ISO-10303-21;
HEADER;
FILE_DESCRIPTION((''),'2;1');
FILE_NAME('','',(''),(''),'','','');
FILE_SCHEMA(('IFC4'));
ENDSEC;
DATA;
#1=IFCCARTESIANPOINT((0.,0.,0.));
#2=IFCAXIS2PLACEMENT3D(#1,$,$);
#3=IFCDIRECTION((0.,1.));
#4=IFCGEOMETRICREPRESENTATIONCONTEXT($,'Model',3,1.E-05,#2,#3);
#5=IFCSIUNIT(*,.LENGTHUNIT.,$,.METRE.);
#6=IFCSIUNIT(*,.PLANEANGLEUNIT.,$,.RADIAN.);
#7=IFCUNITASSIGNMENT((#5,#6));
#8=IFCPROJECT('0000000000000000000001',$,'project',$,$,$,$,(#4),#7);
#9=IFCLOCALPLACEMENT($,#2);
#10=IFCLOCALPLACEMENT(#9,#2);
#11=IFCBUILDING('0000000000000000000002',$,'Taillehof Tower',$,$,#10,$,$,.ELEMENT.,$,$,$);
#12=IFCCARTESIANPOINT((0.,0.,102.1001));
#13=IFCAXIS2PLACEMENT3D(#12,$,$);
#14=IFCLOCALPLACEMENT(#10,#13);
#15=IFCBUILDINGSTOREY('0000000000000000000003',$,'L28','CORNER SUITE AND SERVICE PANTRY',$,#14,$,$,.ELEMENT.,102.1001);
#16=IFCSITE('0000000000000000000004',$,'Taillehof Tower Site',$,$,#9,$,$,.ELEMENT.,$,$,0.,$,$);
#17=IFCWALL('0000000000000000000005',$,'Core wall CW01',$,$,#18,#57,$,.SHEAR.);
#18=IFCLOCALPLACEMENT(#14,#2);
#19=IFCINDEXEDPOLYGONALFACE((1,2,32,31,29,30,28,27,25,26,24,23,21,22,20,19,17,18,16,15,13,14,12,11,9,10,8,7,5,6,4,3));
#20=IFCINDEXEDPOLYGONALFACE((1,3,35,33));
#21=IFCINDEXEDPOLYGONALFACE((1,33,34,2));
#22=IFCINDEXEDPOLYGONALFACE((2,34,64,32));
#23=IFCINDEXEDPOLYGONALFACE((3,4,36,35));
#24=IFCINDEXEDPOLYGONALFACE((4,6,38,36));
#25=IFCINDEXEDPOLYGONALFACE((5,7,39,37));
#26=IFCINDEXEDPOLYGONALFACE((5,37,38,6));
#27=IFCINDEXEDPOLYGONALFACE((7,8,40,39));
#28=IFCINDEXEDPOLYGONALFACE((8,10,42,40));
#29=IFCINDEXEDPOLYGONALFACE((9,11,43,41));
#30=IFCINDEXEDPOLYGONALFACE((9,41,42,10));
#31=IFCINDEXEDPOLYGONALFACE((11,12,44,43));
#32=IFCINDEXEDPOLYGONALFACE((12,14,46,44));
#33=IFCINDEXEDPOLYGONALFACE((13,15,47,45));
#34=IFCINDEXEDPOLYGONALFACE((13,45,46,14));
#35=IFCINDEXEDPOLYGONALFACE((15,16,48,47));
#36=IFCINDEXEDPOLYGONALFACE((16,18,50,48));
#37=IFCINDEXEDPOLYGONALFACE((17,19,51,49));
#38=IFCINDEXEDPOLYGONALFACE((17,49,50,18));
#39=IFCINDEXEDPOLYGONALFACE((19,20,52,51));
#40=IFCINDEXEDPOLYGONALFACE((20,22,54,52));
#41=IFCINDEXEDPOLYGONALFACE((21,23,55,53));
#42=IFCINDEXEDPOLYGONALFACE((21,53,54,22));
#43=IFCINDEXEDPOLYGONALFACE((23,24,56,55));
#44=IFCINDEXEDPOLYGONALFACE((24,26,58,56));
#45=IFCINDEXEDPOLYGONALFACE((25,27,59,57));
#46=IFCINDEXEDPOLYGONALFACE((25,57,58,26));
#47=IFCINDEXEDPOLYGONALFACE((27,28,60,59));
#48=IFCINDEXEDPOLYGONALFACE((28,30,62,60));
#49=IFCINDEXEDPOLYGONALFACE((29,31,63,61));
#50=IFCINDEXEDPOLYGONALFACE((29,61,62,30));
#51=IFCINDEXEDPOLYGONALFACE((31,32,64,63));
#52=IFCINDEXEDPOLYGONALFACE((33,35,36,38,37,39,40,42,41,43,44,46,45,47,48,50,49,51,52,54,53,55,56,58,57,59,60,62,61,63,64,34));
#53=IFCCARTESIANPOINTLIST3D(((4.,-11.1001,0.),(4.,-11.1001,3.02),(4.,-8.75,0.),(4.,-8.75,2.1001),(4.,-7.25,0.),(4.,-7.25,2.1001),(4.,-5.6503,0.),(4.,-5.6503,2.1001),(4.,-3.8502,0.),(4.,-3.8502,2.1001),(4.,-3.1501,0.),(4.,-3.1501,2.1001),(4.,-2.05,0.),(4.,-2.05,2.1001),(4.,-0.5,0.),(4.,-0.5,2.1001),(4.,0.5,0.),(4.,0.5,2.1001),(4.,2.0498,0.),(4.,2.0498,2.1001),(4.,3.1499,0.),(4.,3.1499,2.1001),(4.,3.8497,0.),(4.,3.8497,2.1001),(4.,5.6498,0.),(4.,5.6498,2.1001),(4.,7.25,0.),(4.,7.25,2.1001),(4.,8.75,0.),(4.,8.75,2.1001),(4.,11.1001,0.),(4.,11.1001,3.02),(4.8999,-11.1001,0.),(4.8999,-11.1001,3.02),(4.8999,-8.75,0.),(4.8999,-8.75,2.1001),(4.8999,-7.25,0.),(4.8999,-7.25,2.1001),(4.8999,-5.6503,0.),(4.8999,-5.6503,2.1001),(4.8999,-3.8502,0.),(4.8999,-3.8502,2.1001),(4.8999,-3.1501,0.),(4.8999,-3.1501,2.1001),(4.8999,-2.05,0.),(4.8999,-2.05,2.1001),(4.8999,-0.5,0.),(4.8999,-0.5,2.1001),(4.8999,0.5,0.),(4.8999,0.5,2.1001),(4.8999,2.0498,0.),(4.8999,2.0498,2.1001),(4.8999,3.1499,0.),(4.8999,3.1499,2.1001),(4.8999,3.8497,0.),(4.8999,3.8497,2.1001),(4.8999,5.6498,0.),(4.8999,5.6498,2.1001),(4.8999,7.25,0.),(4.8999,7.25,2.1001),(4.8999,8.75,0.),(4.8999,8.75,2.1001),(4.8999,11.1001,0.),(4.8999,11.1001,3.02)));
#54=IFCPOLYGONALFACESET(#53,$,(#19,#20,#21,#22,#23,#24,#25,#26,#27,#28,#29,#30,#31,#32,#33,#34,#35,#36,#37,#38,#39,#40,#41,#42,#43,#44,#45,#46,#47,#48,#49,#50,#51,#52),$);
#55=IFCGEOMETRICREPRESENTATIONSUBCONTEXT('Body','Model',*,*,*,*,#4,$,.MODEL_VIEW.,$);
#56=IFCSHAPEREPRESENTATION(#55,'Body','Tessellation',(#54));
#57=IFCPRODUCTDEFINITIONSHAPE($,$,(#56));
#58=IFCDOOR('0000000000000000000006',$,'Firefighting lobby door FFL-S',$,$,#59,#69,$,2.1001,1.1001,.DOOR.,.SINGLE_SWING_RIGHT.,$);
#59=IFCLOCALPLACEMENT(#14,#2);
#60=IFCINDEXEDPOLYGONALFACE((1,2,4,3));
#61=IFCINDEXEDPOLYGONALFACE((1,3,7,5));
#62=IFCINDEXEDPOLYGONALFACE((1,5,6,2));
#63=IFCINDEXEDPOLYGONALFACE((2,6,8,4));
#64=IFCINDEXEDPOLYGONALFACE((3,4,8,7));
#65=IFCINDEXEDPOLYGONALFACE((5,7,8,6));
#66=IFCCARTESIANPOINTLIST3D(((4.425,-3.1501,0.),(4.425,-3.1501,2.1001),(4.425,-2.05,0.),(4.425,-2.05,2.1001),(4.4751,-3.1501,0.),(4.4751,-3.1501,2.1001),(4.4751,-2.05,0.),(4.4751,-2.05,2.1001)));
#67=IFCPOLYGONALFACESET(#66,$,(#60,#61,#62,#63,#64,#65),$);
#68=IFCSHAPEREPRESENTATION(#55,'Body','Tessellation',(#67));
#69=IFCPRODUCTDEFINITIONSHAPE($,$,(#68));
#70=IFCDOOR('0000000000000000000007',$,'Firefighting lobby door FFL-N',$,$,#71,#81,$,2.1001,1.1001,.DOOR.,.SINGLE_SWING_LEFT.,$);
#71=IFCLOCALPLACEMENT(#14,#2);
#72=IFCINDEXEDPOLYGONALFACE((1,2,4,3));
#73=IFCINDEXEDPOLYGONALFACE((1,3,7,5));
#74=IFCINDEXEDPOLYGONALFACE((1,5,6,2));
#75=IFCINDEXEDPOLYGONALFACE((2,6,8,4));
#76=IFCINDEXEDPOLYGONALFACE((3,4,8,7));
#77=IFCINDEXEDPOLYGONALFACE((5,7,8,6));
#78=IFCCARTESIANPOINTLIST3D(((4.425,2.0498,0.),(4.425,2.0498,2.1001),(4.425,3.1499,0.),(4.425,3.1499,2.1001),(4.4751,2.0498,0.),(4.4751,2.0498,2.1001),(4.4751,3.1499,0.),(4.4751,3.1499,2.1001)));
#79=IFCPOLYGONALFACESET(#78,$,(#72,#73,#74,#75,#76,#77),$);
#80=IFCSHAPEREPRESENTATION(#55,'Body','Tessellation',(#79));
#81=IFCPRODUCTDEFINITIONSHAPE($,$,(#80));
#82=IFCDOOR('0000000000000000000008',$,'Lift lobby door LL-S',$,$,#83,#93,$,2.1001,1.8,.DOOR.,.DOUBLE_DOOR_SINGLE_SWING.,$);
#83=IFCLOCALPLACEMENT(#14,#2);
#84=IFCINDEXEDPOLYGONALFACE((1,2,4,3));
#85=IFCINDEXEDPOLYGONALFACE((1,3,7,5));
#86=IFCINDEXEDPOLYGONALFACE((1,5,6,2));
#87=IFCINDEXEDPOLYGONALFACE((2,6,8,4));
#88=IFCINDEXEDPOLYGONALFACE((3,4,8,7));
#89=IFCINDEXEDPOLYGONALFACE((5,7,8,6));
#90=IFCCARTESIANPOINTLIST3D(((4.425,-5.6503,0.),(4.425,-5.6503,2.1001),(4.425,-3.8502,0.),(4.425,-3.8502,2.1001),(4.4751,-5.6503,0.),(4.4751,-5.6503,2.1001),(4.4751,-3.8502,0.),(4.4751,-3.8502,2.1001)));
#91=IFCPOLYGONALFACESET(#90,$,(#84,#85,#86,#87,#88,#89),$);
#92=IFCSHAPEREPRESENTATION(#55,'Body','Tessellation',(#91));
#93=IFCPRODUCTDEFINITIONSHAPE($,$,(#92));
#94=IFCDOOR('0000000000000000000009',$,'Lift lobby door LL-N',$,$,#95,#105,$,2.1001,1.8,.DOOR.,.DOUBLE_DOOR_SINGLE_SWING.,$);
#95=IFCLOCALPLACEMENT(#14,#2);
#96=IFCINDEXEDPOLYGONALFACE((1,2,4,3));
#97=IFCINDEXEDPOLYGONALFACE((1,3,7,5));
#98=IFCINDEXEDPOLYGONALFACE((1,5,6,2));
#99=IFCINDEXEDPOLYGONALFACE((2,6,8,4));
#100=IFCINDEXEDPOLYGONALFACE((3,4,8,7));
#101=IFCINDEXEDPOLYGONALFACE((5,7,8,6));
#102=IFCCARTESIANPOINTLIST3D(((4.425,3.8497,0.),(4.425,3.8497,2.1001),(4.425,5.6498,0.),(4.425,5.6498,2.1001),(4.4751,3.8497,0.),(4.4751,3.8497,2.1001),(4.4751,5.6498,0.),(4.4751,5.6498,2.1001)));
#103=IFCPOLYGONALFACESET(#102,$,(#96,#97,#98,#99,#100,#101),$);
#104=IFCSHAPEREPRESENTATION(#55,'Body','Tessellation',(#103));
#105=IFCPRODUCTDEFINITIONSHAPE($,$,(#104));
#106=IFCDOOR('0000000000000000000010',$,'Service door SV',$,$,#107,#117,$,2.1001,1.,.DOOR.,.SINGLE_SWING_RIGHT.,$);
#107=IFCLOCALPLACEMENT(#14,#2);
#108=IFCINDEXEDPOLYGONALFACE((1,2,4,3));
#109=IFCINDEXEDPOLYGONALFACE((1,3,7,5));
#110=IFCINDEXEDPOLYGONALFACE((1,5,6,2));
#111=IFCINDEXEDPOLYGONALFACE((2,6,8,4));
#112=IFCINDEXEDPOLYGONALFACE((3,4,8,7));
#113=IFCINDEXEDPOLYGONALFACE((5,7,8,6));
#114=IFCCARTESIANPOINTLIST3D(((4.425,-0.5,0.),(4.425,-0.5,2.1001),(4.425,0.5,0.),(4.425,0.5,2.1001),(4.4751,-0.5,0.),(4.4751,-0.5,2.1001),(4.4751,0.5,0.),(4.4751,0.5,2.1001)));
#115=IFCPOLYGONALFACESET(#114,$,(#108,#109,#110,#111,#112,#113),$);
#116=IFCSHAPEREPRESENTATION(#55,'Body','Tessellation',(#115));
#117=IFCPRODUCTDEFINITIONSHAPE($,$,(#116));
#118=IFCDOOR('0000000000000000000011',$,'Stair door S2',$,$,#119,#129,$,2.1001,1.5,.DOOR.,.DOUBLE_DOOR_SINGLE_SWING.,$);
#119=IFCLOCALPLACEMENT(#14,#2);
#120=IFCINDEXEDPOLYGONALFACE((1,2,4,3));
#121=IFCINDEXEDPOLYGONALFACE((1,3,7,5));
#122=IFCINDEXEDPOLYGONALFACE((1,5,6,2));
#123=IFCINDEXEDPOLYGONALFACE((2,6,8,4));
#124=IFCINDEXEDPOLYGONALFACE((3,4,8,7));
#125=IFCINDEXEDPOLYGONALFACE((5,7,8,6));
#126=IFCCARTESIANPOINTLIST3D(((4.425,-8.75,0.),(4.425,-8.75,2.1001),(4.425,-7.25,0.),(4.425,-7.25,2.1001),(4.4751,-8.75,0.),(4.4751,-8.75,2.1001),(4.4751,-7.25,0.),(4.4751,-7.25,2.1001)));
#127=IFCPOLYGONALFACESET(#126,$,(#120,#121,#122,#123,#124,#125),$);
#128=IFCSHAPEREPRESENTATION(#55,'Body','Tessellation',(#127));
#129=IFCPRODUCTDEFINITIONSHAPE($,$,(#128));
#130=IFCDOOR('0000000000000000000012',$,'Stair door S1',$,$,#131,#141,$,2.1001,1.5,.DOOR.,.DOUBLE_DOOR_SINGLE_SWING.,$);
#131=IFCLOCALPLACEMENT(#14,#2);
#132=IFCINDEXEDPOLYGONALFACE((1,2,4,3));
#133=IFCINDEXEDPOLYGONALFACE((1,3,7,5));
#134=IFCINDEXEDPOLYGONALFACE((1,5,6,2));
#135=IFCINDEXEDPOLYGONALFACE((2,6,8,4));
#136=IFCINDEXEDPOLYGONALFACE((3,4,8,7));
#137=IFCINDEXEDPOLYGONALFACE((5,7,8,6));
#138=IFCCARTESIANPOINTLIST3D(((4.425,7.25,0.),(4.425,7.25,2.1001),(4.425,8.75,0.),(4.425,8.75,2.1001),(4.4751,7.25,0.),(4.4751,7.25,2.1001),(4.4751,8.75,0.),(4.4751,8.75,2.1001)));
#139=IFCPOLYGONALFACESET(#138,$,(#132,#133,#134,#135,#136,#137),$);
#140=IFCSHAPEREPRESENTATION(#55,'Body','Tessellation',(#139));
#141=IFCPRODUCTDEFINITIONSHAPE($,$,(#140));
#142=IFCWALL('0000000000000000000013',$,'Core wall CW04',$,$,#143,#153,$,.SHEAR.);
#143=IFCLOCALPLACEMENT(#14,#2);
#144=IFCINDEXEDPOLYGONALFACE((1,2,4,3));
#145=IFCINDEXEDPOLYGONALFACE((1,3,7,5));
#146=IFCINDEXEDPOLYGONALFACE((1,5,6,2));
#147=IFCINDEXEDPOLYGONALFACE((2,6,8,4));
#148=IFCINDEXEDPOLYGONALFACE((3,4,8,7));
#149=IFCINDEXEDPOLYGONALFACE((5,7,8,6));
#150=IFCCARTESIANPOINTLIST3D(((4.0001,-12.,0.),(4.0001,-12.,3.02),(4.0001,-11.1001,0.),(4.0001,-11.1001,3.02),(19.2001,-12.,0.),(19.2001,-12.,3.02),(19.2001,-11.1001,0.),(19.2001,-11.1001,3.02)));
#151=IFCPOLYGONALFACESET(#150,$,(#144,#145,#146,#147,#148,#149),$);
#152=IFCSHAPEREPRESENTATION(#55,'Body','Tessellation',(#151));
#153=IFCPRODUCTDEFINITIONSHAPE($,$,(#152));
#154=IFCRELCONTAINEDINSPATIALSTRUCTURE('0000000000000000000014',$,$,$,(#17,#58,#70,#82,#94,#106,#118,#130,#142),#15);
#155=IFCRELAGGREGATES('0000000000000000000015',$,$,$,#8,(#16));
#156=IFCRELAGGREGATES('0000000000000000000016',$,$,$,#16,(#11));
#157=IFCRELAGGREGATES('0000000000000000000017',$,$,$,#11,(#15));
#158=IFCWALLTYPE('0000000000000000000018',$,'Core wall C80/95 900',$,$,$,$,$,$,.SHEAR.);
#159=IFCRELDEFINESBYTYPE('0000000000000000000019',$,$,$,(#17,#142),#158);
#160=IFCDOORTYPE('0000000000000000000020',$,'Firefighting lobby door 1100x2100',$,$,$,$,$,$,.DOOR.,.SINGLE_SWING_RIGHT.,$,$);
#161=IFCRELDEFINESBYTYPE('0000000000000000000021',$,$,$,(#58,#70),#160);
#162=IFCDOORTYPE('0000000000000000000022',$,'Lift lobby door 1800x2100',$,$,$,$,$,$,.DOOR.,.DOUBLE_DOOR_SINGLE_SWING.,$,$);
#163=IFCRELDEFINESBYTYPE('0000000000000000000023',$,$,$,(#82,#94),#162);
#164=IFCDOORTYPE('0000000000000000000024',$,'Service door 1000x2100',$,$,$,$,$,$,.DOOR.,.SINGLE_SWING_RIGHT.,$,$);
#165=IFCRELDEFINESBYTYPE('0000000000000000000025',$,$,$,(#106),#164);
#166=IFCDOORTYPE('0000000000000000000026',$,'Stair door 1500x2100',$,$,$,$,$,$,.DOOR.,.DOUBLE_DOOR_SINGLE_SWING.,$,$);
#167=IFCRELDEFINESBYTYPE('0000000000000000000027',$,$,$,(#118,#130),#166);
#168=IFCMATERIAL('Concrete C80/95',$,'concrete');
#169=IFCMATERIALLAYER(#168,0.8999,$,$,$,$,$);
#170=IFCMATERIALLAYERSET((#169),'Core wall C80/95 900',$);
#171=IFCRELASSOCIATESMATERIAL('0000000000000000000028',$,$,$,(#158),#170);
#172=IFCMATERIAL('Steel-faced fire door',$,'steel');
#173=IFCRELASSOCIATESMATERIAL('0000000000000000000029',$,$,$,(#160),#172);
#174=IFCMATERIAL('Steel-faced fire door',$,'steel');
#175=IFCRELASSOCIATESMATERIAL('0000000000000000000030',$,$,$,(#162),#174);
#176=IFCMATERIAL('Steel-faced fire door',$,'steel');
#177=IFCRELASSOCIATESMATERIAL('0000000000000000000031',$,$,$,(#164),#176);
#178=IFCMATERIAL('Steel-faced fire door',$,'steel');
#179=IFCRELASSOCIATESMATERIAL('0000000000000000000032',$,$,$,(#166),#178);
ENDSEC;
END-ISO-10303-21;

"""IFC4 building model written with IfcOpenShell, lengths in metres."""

from ifc_helpers import new_model, si_unit, direction, frame, frame_2d, origin, place, context, subcontext, project, spatial, rectangle, extrude, material, layer, layer_set, type_object, element, fill, save


model = new_model("IFC4")

# Units and contexts
model_context = context("Model", 3, precision=1e-05, world=origin(), true_north=direction((0.0, 1.0)))
body_context = subcontext(model_context, "Body", "Model", "MODEL_VIEW")
ifc_project = project(units=[si_unit("LENGTHUNIT", "METRE"), si_unit("PLANEANGLEUNIT", "RADIAN")], contexts=[model_context])

# Site, building, storey
site_placement = place(None, origin())
site = spatial("IfcSite", under=ifc_project, at=site_placement, Name="Taillehof Tower Site", CompositionType="ELEMENT", RefElevation=0.0)
building_placement = place(site_placement, origin())
building = spatial("IfcBuilding", under=site, at=building_placement, Name="Taillehof Tower", CompositionType="ELEMENT")
storey_placement = place(building_placement, frame((0.0, 0.0, 102.1001)))
storey = spatial("IfcBuildingStorey", under=building, at=storey_placement, Name="L28", Description="CORNER SUITE AND SERVICE PANTRY", CompositionType="ELEMENT", Elevation=102.1001)

# Wall, openings, doors
ifc_material_1 = material(Name="Concrete C80/95", Category="concrete")
ifc_layer_1 = layer(ifc_material_1, 0.8999)
ifc_layer_set_1 = layer_set([ifc_layer_1], Name="Core wall C80/95 900")
wall_type_1 = type_object("IfcWallType", Name="Core wall C80/95 900", PredefinedType="SHEAR", material=ifc_layer_set_1)
wall_1_placement = place(storey_placement, frame((4.45, -11.1001, 0.0), z_axis=(0.0, 0.0, 1.0), x_axis=(0.0, 1.0, 0.0)))
wall_1 = element("IfcWall", 1, at=wall_1_placement, inside=storey, type_object=wall_type_1, Name="Core wall CW01", PredefinedType="SHEAR", context=body_context, shape_type="SweptSolid", body=[
    extrude(rectangle(XDim=22.2002, YDim=0.8999, at=frame_2d((11.1001, 0.0))), origin(), (0.0, 0.0, 1.0), 3.02),
])
opening_1_placement = place(wall_1_placement, frame((2.3501, 0.0, 0.0)))
opening_1 = element("IfcOpeningElement", 2, at=opening_1_placement, cuts=wall_1, PredefinedType="OPENING", context=body_context, shape_type="SweptSolid", body=[
    extrude(rectangle(XDim=1.5, YDim=2.1001, at=frame_2d((0.75, 1.05))), frame((0.0, 0.46, 0.0), z_axis=(0.0, -1.0, 0.0), x_axis=(1.0, 0.0, 0.0)), (0.0, 0.0, 1.0), 0.9199),
])
opening_2_placement = place(wall_1_placement, frame((5.45, 0.0, 0.0)))
opening_2 = element("IfcOpeningElement", 3, at=opening_2_placement, cuts=wall_1, PredefinedType="OPENING", context=body_context, shape_type="SweptSolid", body=[
    extrude(rectangle(XDim=1.8, YDim=2.1001, at=frame_2d((0.8999, 1.05))), frame((0.0, 0.46, 0.0), z_axis=(0.0, -1.0, 0.0), x_axis=(1.0, 0.0, 0.0)), (0.0, 0.0, 1.0), 0.9199),
])
opening_3_placement = place(wall_1_placement, frame((7.95, 0.0, 0.0)))
opening_3 = element("IfcOpeningElement", 4, at=opening_3_placement, cuts=wall_1, PredefinedType="OPENING", context=body_context, shape_type="SweptSolid", body=[
    extrude(rectangle(XDim=1.1001, YDim=2.1001, at=frame_2d((0.55, 1.05))), frame((0.0, 0.46, 0.0), z_axis=(0.0, -1.0, 0.0), x_axis=(1.0, 0.0, 0.0)), (0.0, 0.0, 1.0), 0.9199),
])
opening_4_placement = place(wall_1_placement, frame((10.6001, 0.0, 0.0)))
opening_4 = element("IfcOpeningElement", 5, at=opening_4_placement, cuts=wall_1, PredefinedType="OPENING", context=body_context, shape_type="SweptSolid", body=[
    extrude(rectangle(XDim=1.0, YDim=2.1001, at=frame_2d((0.5, 1.05))), frame((0.0, 0.46, 0.0), z_axis=(0.0, -1.0, 0.0), x_axis=(1.0, 0.0, 0.0)), (0.0, 0.0, 1.0), 0.9199),
])
opening_5_placement = place(wall_1_placement, frame((13.1499, 0.0, 0.0)))
opening_5 = element("IfcOpeningElement", 6, at=opening_5_placement, cuts=wall_1, PredefinedType="OPENING", context=body_context, shape_type="SweptSolid", body=[
    extrude(rectangle(XDim=1.1001, YDim=2.1001, at=frame_2d((0.55, 1.05))), frame((0.0, 0.46, 0.0), z_axis=(0.0, -1.0, 0.0), x_axis=(1.0, 0.0, 0.0)), (0.0, 0.0, 1.0), 0.9199),
])
opening_6_placement = place(wall_1_placement, frame((14.95, 0.0, 0.0)))
opening_6 = element("IfcOpeningElement", 7, at=opening_6_placement, cuts=wall_1, PredefinedType="OPENING", context=body_context, shape_type="SweptSolid", body=[
    extrude(rectangle(XDim=1.8, YDim=2.1001, at=frame_2d((0.8999, 1.05))), frame((0.0, 0.46, 0.0), z_axis=(0.0, -1.0, 0.0), x_axis=(1.0, 0.0, 0.0)), (0.0, 0.0, 1.0), 0.9199),
])
opening_7_placement = place(wall_1_placement, frame((18.3501, 0.0, 0.0)))
opening_7 = element("IfcOpeningElement", 8, at=opening_7_placement, cuts=wall_1, PredefinedType="OPENING", context=body_context, shape_type="SweptSolid", body=[
    extrude(rectangle(XDim=1.5, YDim=2.1001, at=frame_2d((0.75, 1.05))), frame((0.0, 0.46, 0.0), z_axis=(0.0, -1.0, 0.0), x_axis=(1.0, 0.0, 0.0)), (0.0, 0.0, 1.0), 0.9199),
])
ifc_material_2 = material(Name="Steel-faced fire door", Category="steel")
door_type_1 = type_object("IfcDoorType", Name="Firefighting lobby door 1100x2100", OperationType="SINGLE_SWING_RIGHT", PredefinedType="DOOR", material=ifc_material_2)
door_1_placement = place(opening_3_placement, origin())
door_1 = element("IfcDoor", 9, at=door_1_placement, inside=storey, type_object=door_type_1, Name="Firefighting lobby door FFL-S", OperationType="SINGLE_SWING_RIGHT", OverallHeight=2.1001, OverallWidth=1.1001, PredefinedType="DOOR", context=body_context, shape_type="SweptSolid", body=[
    extrude(rectangle(XDim=1.1001, YDim=2.1001, at=frame_2d((0.55, 1.05))), frame((0.0, 0.0249, 0.0), z_axis=(0.0, -1.0, 0.0), x_axis=(1.0, 0.0, 0.0)), (0.0, 0.0, 1.0), 0.05),
])
fill(opening_3, door_1)
door_2_placement = place(opening_5_placement, origin())
door_2 = element("IfcDoor", 10, at=door_2_placement, inside=storey, type_object=door_type_1, Name="Firefighting lobby door FFL-N", OperationType="SINGLE_SWING_LEFT", OverallHeight=2.1001, OverallWidth=1.1001, PredefinedType="DOOR", context=body_context, shape_type="SweptSolid", body=[
    extrude(rectangle(XDim=1.1001, YDim=2.1001, at=frame_2d((0.55, 1.05))), frame((0.0, 0.0249, 0.0), z_axis=(0.0, -1.0, 0.0), x_axis=(1.0, 0.0, 0.0)), (0.0, 0.0, 1.0), 0.05),
])
fill(opening_5, door_2)
ifc_material_3 = material(Name="Steel-faced fire door", Category="steel")
door_type_2 = type_object("IfcDoorType", Name="Lift lobby door 1800x2100", OperationType="DOUBLE_DOOR_SINGLE_SWING", PredefinedType="DOOR", material=ifc_material_3)
door_3_placement = place(opening_2_placement, origin())
door_3 = element("IfcDoor", 11, at=door_3_placement, inside=storey, type_object=door_type_2, Name="Lift lobby door LL-S", OperationType="DOUBLE_DOOR_SINGLE_SWING", OverallHeight=2.1001, OverallWidth=1.8, PredefinedType="DOOR", context=body_context, shape_type="SweptSolid", body=[
    extrude(rectangle(XDim=1.8, YDim=2.1001, at=frame_2d((0.8999, 1.05))), frame((0.0, 0.0249, 0.0), z_axis=(0.0, -1.0, 0.0), x_axis=(1.0, 0.0, 0.0)), (0.0, 0.0, 1.0), 0.05),
])
fill(opening_2, door_3)
door_4_placement = place(opening_6_placement, origin())
door_4 = element("IfcDoor", 12, at=door_4_placement, inside=storey, type_object=door_type_2, Name="Lift lobby door LL-N", OperationType="DOUBLE_DOOR_SINGLE_SWING", OverallHeight=2.1001, OverallWidth=1.8, PredefinedType="DOOR", context=body_context, shape_type="SweptSolid", body=[
    extrude(rectangle(XDim=1.8, YDim=2.1001, at=frame_2d((0.8999, 1.05))), frame((0.0, 0.0249, 0.0), z_axis=(0.0, -1.0, 0.0), x_axis=(1.0, 0.0, 0.0)), (0.0, 0.0, 1.0), 0.05),
])
fill(opening_6, door_4)
ifc_material_4 = material(Name="Steel-faced fire door", Category="steel")
door_type_3 = type_object("IfcDoorType", Name="Service door 1000x2100", OperationType="SINGLE_SWING_RIGHT", PredefinedType="DOOR", material=ifc_material_4)
door_5_placement = place(opening_4_placement, origin())
door_5 = element("IfcDoor", 13, at=door_5_placement, inside=storey, type_object=door_type_3, Name="Service door SV", OperationType="SINGLE_SWING_RIGHT", OverallHeight=2.1001, OverallWidth=1.0, PredefinedType="DOOR", context=body_context, shape_type="SweptSolid", body=[
    extrude(rectangle(XDim=1.0, YDim=2.1001, at=frame_2d((0.5, 1.05))), frame((0.0, 0.0249, 0.0), z_axis=(0.0, -1.0, 0.0), x_axis=(1.0, 0.0, 0.0)), (0.0, 0.0, 1.0), 0.05),
])
fill(opening_4, door_5)
ifc_material_5 = material(Name="Steel-faced fire door", Category="steel")
door_type_4 = type_object("IfcDoorType", Name="Stair door 1500x2100", OperationType="DOUBLE_DOOR_SINGLE_SWING", PredefinedType="DOOR", material=ifc_material_5)
door_6_placement = place(opening_1_placement, origin())
door_6 = element("IfcDoor", 14, at=door_6_placement, inside=storey, type_object=door_type_4, Name="Stair door S2", OperationType="DOUBLE_DOOR_SINGLE_SWING", OverallHeight=2.1001, OverallWidth=1.5, PredefinedType="DOOR", context=body_context, shape_type="SweptSolid", body=[
    extrude(rectangle(XDim=1.5, YDim=2.1001, at=frame_2d((0.75, 1.05))), frame((0.0, 0.0249, 0.0), z_axis=(0.0, -1.0, 0.0), x_axis=(1.0, 0.0, 0.0)), (0.0, 0.0, 1.0), 0.05),
])
fill(opening_1, door_6)
door_7_placement = place(opening_7_placement, origin())
door_7 = element("IfcDoor", 15, at=door_7_placement, inside=storey, type_object=door_type_4, Name="Stair door S1", OperationType="DOUBLE_DOOR_SINGLE_SWING", OverallHeight=2.1001, OverallWidth=1.5, PredefinedType="DOOR", context=body_context, shape_type="SweptSolid", body=[
    extrude(rectangle(XDim=1.5, YDim=2.1001, at=frame_2d((0.75, 1.05))), frame((0.0, 0.0249, 0.0), z_axis=(0.0, -1.0, 0.0), x_axis=(1.0, 0.0, 0.0)), (0.0, 0.0, 1.0), 0.05),
])
fill(opening_7, door_7)

# Wall
wall_2_placement = place(storey_placement, frame((4.0, -11.55, 0.0), z_axis=(0.0, 0.0, 1.0), x_axis=(1.0, 0.0, 0.0)))
element("IfcWall", 16, at=wall_2_placement, inside=storey, type_object=wall_type_1, Name="Core wall CW04", PredefinedType="SHEAR", context=body_context, shape_type="SweptSolid", body=[
    extrude(rectangle(XDim=15.2, YDim=0.8999, at=frame_2d((7.6001, 0.0))), origin(), (0.0, 0.0, 1.0), 3.02),
])

save(model, "model.ifc")
